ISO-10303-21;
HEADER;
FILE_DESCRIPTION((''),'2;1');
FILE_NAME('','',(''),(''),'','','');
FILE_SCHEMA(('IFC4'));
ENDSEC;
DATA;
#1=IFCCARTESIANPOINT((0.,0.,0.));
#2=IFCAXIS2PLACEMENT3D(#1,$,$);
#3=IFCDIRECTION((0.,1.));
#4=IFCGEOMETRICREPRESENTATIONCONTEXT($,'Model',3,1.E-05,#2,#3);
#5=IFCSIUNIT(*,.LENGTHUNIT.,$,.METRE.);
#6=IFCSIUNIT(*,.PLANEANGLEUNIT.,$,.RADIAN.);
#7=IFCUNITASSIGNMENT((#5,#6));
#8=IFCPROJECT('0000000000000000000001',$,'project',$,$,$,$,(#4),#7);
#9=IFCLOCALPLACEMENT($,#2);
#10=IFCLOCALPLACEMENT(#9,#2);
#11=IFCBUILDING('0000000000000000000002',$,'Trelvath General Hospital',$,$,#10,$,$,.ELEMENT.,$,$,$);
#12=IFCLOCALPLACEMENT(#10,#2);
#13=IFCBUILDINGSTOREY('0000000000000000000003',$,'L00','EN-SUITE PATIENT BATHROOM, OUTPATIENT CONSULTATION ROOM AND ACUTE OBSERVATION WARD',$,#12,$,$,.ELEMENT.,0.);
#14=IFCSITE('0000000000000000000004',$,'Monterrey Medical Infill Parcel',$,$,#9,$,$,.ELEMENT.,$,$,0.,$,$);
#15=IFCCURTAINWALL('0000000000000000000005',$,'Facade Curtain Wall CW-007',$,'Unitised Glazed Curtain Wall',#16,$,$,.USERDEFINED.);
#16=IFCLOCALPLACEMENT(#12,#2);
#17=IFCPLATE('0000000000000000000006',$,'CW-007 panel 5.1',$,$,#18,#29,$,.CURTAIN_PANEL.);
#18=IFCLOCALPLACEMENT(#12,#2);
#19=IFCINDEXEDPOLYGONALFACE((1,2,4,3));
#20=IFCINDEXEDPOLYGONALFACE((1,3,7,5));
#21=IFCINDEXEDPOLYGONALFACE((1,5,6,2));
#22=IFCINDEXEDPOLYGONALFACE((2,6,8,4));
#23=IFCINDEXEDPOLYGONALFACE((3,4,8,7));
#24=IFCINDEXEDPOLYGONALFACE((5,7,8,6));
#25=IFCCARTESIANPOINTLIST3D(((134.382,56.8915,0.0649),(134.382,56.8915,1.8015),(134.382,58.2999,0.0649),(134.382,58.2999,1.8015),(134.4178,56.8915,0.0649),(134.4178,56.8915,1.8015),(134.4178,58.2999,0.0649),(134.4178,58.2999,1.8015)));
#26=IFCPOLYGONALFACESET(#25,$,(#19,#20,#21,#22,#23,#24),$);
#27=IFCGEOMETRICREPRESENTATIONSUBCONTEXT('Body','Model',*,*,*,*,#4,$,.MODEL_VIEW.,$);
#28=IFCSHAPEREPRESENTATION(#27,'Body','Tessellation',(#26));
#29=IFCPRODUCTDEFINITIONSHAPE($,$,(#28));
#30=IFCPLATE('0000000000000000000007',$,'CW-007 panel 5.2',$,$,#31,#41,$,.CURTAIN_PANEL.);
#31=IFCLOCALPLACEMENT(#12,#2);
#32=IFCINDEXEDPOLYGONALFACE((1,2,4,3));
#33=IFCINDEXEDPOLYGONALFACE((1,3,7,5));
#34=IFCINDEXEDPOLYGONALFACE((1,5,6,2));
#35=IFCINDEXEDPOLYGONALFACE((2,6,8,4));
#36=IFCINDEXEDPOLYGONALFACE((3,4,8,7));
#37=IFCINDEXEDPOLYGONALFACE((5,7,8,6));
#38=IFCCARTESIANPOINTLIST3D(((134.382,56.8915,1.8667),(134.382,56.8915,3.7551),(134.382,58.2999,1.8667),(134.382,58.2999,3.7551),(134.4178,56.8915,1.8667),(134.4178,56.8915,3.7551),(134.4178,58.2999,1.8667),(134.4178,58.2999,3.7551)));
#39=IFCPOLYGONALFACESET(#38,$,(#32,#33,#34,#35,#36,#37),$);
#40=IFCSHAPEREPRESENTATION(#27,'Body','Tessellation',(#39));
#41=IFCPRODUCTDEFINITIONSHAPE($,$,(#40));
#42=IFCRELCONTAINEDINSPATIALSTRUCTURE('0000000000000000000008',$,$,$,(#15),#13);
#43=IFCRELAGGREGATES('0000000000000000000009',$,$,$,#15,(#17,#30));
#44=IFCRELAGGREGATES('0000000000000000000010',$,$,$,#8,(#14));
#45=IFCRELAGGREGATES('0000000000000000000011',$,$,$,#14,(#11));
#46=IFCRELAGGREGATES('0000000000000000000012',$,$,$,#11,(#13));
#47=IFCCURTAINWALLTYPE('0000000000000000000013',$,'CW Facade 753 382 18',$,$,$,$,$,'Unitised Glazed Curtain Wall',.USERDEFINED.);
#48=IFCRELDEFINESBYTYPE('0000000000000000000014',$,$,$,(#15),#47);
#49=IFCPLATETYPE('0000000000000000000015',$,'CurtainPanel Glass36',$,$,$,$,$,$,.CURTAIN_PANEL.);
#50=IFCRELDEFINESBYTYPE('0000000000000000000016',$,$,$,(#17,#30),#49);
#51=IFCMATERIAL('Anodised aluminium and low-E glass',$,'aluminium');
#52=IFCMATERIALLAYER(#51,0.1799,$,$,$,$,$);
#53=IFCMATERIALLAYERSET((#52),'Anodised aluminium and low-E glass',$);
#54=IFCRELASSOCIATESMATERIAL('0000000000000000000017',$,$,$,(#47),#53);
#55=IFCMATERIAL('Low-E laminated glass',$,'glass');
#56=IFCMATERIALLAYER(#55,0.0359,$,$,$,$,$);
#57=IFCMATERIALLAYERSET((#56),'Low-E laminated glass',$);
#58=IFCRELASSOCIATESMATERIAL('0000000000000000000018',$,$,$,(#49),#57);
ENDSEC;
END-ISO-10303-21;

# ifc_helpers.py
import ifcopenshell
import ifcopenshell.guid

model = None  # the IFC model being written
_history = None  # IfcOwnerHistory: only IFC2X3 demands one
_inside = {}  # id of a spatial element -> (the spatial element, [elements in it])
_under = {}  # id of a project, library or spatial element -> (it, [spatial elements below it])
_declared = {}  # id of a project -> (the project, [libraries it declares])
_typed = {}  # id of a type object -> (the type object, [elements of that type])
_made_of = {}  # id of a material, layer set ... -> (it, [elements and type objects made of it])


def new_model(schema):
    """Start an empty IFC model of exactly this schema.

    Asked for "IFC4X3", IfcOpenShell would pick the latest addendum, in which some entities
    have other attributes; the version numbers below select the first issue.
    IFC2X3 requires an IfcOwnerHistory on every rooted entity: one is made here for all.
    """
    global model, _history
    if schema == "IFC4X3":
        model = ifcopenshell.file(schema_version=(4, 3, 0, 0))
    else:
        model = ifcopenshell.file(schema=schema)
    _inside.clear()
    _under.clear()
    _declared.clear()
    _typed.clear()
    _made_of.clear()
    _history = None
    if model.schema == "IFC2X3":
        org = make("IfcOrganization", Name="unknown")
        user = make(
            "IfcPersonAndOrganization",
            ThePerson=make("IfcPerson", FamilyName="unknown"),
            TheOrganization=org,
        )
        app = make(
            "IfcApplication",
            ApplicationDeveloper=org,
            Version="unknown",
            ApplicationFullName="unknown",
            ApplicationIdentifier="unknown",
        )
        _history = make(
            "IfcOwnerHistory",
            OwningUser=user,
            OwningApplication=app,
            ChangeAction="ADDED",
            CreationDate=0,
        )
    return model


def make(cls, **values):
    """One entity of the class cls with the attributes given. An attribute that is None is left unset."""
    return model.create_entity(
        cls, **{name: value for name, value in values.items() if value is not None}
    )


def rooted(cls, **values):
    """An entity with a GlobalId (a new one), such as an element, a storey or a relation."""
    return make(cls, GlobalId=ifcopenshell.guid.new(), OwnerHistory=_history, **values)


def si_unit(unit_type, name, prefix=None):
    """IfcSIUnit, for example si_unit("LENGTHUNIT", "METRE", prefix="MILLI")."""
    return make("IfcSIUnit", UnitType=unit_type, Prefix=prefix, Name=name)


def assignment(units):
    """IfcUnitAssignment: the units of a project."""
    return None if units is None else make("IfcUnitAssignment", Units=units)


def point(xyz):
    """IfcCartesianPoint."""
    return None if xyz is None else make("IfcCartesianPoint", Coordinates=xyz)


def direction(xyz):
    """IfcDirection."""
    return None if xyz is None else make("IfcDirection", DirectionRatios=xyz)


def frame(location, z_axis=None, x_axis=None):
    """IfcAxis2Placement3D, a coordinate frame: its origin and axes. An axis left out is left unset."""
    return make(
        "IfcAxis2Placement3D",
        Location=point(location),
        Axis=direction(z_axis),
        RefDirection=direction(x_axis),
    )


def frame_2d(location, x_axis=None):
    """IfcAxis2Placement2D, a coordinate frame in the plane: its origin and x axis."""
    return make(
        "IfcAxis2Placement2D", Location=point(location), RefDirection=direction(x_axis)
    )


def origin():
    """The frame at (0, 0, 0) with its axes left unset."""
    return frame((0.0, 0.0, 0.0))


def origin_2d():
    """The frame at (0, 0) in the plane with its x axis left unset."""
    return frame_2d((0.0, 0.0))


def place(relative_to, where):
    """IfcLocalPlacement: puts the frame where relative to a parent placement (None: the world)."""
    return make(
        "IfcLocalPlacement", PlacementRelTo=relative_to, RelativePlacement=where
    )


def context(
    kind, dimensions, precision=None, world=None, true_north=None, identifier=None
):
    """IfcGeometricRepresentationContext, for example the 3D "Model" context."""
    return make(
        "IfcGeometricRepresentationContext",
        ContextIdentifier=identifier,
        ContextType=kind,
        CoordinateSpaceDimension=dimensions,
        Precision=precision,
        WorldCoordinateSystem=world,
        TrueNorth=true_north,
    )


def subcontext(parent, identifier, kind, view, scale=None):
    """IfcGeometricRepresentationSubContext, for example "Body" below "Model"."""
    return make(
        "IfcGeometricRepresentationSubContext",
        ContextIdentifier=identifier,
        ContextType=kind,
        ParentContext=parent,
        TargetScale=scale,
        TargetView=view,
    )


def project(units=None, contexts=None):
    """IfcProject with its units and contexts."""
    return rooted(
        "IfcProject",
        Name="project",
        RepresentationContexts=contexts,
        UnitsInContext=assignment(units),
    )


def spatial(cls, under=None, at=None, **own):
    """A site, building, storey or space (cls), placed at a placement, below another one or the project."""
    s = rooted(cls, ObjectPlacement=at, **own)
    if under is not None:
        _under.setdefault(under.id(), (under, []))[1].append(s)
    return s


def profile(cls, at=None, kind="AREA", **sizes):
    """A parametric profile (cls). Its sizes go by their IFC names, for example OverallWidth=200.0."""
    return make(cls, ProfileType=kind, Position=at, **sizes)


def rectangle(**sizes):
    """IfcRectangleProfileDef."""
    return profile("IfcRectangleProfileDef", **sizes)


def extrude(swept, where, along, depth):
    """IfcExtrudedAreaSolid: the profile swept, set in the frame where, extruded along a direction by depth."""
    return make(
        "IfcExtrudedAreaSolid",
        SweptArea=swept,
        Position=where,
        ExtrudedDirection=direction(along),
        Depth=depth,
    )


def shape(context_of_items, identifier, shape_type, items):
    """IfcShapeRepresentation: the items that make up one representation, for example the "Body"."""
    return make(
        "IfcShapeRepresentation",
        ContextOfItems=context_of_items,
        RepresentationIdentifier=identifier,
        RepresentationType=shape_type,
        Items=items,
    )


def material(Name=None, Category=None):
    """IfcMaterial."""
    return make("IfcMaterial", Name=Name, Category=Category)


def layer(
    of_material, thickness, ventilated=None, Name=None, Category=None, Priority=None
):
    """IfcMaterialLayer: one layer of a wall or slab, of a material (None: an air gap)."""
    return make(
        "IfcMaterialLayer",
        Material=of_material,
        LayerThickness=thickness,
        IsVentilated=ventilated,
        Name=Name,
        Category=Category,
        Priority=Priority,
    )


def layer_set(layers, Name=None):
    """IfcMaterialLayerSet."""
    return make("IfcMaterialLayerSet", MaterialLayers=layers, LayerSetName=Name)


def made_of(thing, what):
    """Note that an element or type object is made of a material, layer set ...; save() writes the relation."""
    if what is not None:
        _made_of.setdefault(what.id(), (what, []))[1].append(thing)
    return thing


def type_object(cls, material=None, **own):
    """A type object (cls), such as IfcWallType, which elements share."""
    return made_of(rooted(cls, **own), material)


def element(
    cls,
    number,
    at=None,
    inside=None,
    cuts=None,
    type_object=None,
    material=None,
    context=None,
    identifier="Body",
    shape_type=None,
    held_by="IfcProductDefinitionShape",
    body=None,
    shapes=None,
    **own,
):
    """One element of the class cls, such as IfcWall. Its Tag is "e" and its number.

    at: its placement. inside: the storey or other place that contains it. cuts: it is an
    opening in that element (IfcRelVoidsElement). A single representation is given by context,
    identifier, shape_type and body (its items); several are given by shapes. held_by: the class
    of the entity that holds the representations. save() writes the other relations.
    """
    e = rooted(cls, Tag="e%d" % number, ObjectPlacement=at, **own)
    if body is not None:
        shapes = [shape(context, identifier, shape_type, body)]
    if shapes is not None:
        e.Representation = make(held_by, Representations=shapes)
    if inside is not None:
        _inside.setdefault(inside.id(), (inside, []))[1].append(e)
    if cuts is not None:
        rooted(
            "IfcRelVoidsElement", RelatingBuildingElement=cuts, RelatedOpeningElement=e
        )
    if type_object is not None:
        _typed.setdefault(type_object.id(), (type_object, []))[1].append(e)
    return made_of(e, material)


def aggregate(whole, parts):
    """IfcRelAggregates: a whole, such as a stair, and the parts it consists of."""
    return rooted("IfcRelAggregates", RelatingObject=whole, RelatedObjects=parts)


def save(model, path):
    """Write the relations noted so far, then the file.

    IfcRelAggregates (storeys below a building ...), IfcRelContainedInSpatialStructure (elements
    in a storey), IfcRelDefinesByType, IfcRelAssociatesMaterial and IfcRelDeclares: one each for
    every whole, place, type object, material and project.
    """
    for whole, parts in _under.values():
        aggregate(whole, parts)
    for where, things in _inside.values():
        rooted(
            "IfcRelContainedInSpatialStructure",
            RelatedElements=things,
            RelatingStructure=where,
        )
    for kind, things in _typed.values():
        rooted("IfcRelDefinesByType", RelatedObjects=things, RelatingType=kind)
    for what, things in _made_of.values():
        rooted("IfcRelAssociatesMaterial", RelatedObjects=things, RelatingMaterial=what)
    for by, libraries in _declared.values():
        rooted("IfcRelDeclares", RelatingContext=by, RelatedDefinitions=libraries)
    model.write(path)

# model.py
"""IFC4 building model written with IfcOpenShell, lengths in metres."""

from ifc_helpers import new_model, si_unit, direction, frame, origin, origin_2d, place, context, subcontext, project, spatial, rectangle, extrude, material, layer, layer_set, type_object, element, aggregate, save


model = new_model("IFC4")

# Units and contexts
model_context = context("Model", 3, precision=1e-05, world=origin(), true_north=direction((0.0, 1.0)))
body_context = subcontext(model_context, "Body", "Model", "MODEL_VIEW")
ifc_project = project(units=[si_unit("LENGTHUNIT", "METRE"), si_unit("PLANEANGLEUNIT", "RADIAN")], contexts=[model_context])

# Site, building, storey
site_placement = place(None, origin())
site = spatial("IfcSite", under=ifc_project, at=site_placement, Name="Monterrey Medical Infill Parcel", CompositionType="ELEMENT", RefElevation=0.0)
building_placement = place(site_placement, origin())
building = spatial("IfcBuilding", under=site, at=building_placement, Name="Trelvath General Hospital", CompositionType="ELEMENT")
storey_placement = place(building_placement, origin())
storey = spatial("IfcBuildingStorey", under=building, at=storey_placement, Name="L00", Description="EN-SUITE PATIENT BATHROOM, OUTPATIENT CONSULTATION ROOM AND ACUTE OBSERVATION WARD", CompositionType="ELEMENT", Elevation=0.0)

# Curtain wall, plates
ifc_material_1 = material(Name="Anodised aluminium and low-E glass", Category="aluminium")
ifc_layer_1 = layer(ifc_material_1, 0.1799)
ifc_layer_set_1 = layer_set([ifc_layer_1], Name="Anodised aluminium and low-E glass")
curtain_wall_type = type_object("IfcCurtainWallType", Name="CW Facade 753 382 18", ElementType="Unitised Glazed Curtain Wall", PredefinedType="USERDEFINED", material=ifc_layer_set_1)
curtain_wall_placement = place(storey_placement, origin())
curtain_wall = element("IfcCurtainWall", 1, at=curtain_wall_placement, inside=storey, type_object=curtain_wall_type, Name="Facade Curtain Wall CW-007", ObjectType="Unitised Glazed Curtain Wall", PredefinedType="USERDEFINED")
ifc_material_2 = material(Name="Low-E laminated glass", Category="glass")
ifc_layer_2 = layer(ifc_material_2, 0.0359)
ifc_layer_set_2 = layer_set([ifc_layer_2], Name="Low-E laminated glass")
plate_type = type_object("IfcPlateType", Name="CurtainPanel Glass36", PredefinedType="CURTAIN_PANEL", material=ifc_layer_set_2)
plate_1_placement = place(storey_placement, frame((134.3999, 57.5957, 0.0649), z_axis=(0.0, 0.0, 1.0), x_axis=(0.0, 1.0, 0.0)))
plate_1 = element("IfcPlate", 2, at=plate_1_placement, type_object=plate_type, Name="CW-007 panel 5.1", PredefinedType="CURTAIN_PANEL", context=body_context, shape_type="SweptSolid", body=[
    extrude(rectangle(XDim=1.4084, YDim=0.0359, at=origin_2d()), origin(), (0.0, 0.0, 1.0), 1.7366),
])
plate_2_placement = place(storey_placement, frame((134.3999, 57.5957, 1.8667), z_axis=(0.0, 0.0, 1.0), x_axis=(0.0, 1.0, 0.0)))
plate_2 = element("IfcPlate", 3, at=plate_2_placement, type_object=plate_type, Name="CW-007 panel 5.2", PredefinedType="CURTAIN_PANEL", context=body_context, shape_type="SweptSolid", body=[
    extrude(rectangle(XDim=1.4084, YDim=0.0359, at=origin_2d()), origin(), (0.0, 0.0, 1.0), 1.8884),
])
aggregate(curtain_wall, [plate_1, plate_2])

save(model, "model.ifc")
